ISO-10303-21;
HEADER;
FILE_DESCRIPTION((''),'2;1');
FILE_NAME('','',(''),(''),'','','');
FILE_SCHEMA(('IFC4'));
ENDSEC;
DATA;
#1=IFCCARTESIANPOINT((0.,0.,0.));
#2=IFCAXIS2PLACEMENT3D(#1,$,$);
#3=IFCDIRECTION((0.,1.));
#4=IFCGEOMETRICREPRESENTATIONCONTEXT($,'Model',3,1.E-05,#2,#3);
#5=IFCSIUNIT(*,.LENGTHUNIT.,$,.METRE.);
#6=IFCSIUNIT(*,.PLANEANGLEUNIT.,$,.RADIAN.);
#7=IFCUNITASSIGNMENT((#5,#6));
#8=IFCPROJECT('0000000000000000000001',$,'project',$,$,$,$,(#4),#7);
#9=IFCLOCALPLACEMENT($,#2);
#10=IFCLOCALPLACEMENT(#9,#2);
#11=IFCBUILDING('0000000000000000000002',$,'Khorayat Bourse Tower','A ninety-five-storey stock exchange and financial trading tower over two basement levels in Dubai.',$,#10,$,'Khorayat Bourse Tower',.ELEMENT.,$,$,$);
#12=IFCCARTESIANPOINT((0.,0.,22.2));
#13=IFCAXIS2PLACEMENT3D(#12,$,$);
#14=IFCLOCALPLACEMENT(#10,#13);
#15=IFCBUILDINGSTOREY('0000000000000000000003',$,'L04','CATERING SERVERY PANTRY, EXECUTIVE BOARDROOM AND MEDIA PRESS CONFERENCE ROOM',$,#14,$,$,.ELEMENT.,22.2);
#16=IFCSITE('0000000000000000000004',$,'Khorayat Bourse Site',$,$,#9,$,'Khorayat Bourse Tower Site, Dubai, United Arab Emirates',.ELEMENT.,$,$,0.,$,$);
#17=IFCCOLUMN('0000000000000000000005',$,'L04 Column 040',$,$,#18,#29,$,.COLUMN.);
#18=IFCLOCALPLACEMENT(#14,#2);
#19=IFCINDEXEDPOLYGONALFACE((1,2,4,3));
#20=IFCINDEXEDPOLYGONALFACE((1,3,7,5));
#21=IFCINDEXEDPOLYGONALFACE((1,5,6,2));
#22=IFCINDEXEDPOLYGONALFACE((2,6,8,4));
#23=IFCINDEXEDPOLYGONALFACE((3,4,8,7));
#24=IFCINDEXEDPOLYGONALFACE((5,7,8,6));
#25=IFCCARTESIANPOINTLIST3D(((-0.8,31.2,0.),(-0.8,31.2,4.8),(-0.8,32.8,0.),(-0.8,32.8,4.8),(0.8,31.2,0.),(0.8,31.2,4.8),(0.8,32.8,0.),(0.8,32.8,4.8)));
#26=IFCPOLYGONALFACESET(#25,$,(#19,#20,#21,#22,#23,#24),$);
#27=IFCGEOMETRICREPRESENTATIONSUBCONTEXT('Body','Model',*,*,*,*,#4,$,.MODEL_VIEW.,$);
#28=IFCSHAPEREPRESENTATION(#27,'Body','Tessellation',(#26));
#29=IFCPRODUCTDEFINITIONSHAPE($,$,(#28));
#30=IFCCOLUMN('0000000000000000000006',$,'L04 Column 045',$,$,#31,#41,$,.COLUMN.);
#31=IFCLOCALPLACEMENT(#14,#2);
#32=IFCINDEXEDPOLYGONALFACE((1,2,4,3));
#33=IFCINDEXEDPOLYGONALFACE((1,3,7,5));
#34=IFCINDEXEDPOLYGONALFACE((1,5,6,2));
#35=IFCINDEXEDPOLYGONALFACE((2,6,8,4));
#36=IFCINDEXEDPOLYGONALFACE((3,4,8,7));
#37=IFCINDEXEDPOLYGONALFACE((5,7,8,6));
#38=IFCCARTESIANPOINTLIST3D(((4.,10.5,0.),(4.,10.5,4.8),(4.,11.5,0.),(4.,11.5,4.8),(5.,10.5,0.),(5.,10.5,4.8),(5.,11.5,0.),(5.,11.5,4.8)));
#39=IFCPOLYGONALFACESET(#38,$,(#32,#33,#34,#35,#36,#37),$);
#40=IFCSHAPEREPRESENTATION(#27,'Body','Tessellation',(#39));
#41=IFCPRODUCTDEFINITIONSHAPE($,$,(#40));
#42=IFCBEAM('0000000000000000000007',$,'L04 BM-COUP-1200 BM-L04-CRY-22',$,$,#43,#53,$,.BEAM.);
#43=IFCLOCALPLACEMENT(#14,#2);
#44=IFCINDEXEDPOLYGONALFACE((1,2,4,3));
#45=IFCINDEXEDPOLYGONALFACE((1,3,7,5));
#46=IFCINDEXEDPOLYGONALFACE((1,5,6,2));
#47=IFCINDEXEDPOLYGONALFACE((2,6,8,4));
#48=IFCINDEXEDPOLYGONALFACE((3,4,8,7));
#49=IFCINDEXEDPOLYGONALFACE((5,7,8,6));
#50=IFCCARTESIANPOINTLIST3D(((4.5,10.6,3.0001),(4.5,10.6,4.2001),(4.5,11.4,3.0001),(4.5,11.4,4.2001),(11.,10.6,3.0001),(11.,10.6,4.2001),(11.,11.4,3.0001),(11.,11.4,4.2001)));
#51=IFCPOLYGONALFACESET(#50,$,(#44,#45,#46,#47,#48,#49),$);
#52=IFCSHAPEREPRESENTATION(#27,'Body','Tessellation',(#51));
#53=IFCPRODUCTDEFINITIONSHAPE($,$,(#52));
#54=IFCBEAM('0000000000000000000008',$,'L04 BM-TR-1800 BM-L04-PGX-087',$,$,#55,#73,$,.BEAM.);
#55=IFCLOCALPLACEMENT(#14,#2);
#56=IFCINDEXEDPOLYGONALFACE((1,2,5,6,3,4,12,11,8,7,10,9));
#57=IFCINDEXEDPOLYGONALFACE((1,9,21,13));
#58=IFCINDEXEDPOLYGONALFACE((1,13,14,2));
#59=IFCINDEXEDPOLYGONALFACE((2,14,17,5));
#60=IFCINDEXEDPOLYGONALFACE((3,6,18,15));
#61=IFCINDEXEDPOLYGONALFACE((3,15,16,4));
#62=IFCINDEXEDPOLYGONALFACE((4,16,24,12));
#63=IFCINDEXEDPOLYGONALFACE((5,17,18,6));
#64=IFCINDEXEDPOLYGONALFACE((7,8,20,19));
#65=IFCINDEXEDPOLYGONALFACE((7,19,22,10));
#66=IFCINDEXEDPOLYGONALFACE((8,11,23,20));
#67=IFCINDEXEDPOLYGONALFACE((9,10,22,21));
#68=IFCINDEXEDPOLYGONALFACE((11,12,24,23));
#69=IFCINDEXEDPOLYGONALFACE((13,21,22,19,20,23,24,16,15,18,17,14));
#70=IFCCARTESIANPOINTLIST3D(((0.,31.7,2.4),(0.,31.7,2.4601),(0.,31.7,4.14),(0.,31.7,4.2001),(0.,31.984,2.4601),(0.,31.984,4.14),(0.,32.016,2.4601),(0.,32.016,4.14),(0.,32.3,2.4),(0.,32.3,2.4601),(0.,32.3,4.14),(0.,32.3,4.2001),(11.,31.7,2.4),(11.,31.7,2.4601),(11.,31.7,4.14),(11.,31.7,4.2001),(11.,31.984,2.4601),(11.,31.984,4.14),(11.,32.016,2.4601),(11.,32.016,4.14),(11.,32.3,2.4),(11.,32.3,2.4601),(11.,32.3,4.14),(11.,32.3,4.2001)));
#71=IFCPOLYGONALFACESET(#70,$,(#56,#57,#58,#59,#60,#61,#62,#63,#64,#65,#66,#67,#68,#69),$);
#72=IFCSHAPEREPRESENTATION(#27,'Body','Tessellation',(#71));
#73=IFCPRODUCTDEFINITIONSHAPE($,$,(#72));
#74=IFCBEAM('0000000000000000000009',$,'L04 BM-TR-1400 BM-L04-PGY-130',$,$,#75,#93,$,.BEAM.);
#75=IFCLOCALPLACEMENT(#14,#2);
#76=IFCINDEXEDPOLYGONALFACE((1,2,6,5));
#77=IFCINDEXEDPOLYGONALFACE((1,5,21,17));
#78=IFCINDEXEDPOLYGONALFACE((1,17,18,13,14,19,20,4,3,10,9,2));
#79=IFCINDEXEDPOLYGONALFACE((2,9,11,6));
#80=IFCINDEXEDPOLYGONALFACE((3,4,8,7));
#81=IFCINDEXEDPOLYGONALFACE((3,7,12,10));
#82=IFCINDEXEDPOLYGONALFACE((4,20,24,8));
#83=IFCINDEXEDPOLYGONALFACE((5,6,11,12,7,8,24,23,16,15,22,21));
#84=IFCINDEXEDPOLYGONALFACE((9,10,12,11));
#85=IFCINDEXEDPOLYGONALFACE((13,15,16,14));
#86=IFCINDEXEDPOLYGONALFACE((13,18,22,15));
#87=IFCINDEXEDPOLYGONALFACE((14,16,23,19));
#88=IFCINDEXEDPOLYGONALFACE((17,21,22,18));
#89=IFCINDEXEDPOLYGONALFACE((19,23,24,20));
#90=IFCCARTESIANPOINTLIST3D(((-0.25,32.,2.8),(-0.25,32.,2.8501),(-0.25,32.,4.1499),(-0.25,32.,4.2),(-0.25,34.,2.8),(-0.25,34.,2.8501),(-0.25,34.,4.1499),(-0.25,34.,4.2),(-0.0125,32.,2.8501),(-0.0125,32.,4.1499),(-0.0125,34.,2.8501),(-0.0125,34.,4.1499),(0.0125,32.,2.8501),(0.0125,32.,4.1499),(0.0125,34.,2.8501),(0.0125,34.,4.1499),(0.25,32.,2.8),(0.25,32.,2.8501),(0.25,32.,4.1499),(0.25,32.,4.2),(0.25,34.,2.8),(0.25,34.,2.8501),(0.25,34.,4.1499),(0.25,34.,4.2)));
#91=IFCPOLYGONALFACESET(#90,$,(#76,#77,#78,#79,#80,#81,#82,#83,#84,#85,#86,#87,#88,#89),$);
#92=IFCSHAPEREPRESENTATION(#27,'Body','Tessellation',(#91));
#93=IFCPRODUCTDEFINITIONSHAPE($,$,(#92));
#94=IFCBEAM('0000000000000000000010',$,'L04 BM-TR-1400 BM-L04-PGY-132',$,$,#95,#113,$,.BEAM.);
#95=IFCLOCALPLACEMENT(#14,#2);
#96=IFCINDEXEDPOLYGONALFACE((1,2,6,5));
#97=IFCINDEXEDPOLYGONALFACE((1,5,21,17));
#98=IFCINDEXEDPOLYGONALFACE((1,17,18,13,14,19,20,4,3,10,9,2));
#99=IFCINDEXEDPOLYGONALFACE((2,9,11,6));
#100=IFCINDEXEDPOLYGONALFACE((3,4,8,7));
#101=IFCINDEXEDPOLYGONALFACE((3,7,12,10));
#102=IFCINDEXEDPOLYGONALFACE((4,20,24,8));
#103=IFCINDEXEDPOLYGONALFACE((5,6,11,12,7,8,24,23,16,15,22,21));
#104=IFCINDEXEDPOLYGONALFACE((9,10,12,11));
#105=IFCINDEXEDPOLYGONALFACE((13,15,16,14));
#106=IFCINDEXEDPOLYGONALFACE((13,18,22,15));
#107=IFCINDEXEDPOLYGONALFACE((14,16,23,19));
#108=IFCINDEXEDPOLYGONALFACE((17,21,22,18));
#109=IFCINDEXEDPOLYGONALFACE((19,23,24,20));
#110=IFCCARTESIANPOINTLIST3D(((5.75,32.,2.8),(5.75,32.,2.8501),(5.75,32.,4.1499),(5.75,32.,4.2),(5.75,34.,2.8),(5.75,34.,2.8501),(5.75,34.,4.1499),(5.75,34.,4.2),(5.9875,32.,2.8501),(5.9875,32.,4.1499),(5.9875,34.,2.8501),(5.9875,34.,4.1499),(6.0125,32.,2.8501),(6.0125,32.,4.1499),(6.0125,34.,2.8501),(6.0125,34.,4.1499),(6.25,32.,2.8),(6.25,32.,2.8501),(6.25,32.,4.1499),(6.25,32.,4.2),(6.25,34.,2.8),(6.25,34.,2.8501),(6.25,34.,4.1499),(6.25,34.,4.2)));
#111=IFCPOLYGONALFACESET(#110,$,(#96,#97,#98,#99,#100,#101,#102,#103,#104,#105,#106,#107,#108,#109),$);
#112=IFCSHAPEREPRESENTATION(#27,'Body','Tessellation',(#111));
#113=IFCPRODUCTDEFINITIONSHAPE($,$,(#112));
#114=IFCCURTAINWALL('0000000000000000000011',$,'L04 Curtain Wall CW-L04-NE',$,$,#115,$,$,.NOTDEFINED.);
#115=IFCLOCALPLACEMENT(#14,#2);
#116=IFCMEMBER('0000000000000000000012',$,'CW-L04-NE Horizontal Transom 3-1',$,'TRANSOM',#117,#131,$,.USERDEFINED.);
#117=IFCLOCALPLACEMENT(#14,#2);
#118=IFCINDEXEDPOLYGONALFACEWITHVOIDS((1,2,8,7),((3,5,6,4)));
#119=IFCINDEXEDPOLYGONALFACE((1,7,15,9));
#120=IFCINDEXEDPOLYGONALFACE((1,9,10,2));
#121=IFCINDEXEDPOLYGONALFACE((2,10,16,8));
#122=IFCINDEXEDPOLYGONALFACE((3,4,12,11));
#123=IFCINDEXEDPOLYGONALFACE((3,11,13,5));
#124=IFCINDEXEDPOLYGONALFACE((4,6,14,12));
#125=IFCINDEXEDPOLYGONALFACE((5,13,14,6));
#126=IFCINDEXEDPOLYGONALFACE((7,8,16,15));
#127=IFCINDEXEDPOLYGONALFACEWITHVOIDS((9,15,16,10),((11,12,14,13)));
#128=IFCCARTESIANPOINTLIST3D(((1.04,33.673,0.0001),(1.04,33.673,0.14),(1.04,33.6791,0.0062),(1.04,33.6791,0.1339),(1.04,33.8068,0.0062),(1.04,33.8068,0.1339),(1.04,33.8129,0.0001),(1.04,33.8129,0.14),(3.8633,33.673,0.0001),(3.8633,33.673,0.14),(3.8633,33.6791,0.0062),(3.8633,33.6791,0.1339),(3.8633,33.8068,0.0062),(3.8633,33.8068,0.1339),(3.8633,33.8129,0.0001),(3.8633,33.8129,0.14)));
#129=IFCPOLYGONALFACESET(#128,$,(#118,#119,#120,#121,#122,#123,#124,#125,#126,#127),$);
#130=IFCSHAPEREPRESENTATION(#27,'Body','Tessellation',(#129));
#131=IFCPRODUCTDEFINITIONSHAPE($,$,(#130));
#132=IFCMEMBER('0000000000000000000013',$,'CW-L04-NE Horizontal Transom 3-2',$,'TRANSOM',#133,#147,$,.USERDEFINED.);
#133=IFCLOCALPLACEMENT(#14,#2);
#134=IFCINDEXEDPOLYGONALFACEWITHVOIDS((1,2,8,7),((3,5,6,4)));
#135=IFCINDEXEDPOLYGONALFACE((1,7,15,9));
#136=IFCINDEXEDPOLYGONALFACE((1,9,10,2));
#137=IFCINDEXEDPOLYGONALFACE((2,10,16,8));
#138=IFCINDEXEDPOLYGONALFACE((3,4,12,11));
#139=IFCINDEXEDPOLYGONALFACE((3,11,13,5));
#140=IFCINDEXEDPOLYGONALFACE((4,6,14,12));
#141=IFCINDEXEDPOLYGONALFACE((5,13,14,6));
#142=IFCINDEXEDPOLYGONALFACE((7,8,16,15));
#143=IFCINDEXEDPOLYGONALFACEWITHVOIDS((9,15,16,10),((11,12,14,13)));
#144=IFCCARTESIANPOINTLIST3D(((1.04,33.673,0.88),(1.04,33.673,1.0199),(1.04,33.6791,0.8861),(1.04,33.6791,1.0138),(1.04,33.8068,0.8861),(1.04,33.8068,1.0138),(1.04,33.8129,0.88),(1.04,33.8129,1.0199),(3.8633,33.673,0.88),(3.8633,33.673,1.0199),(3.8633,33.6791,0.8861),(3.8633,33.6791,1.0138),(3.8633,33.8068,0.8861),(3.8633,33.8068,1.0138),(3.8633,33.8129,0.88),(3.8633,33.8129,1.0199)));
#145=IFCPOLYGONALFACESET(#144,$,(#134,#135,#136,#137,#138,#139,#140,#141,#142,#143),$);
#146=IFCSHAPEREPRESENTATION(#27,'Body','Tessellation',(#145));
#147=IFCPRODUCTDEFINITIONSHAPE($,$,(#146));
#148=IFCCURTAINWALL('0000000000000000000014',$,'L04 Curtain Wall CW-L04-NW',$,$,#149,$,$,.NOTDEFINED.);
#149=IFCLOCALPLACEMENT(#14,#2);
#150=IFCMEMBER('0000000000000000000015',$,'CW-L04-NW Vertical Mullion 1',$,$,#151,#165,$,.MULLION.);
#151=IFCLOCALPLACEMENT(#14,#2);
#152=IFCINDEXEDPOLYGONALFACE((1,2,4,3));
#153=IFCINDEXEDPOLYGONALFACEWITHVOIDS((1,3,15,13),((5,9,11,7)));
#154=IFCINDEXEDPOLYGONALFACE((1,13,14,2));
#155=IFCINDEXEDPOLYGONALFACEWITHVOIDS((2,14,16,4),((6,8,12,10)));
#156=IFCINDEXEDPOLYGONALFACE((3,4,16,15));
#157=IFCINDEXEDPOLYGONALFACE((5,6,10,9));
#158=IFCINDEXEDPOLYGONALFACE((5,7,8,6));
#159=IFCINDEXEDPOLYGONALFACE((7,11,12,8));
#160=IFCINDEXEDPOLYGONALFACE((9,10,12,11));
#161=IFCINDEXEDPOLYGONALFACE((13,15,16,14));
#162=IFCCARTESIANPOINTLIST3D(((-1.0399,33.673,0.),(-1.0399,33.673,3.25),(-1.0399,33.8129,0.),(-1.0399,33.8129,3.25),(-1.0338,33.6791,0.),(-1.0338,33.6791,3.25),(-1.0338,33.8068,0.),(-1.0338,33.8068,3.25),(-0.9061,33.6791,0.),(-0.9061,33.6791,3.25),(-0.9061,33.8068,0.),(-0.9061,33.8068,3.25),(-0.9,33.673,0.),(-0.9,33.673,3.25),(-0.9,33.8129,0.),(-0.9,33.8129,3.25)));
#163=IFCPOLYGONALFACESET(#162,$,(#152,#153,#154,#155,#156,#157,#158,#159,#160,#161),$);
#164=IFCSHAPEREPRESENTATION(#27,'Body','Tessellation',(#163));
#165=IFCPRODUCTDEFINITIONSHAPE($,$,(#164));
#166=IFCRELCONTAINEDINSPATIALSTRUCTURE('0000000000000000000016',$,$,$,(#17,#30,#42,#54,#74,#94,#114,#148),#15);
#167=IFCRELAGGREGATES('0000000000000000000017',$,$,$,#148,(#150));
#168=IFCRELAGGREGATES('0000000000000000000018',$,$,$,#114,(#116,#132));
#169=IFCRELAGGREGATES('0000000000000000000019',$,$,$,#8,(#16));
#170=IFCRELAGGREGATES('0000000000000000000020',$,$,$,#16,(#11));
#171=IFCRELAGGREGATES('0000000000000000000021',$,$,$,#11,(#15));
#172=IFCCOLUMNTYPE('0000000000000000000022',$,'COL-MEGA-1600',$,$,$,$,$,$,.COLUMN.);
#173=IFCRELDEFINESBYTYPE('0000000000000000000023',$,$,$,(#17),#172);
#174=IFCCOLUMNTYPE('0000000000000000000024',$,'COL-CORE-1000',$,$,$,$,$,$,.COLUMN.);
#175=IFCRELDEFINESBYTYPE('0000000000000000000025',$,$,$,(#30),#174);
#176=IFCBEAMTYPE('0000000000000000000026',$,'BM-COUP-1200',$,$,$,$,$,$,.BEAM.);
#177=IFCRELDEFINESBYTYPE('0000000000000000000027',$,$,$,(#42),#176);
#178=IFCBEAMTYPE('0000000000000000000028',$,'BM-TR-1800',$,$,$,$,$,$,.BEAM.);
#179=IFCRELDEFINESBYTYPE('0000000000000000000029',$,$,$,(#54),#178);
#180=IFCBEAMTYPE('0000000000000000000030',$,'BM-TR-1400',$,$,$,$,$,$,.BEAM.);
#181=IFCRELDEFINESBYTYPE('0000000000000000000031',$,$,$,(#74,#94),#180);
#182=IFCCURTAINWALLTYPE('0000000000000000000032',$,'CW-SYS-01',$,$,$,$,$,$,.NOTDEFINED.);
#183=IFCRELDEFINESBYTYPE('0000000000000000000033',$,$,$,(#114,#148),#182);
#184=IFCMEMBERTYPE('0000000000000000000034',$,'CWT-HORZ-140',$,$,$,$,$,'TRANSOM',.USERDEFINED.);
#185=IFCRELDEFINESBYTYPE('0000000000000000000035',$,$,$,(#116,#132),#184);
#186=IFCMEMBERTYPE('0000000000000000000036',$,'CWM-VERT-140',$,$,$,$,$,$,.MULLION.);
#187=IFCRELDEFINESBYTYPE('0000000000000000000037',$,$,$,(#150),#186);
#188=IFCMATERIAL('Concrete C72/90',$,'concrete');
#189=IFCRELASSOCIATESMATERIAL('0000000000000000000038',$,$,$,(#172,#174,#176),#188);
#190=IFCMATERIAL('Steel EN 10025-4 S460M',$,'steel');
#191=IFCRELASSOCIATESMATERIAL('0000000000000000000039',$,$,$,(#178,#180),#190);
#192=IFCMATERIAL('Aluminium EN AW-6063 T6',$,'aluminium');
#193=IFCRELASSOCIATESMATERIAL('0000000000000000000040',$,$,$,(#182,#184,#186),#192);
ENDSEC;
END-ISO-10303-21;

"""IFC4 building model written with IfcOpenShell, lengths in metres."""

from ifc_helpers import new_model, si_unit, direction, frame, origin, origin_2d, place, context, subcontext, project, spatial, rectangle, hollow_rectangle, i_section, extrude, source, transform, mapped, material, material_profile, profile_set, type_object, element, aggregate, save


model = new_model("IFC4")

# Units and contexts
model_context = context("Model", 3, precision=1e-05, world=origin(), true_north=direction((0.0, 1.0)))
body_context = subcontext(model_context, "Body", "Model", "MODEL_VIEW")
ifc_project = project(units=[si_unit("LENGTHUNIT", "METRE"), si_unit("PLANEANGLEUNIT", "RADIAN")], contexts=[model_context])

# Site, building, storey
site_placement = place(None, origin())
site = spatial("IfcSite", under=ifc_project, at=site_placement, Name="Khorayat Bourse Site", LongName="Khorayat Bourse Tower Site, Dubai, United Arab Emirates", CompositionType="ELEMENT", RefElevation=0.0)
building_placement = place(site_placement, origin())
building = spatial("IfcBuilding", under=site, at=building_placement, Name="Khorayat Bourse Tower", Description="A ninety-five-storey stock exchange and financial trading tower over two basement levels in Dubai.", LongName="Khorayat Bourse Tower", CompositionType="ELEMENT")
storey_placement = place(building_placement, frame((0.0, 0.0, 22.2)))
storey = spatial("IfcBuildingStorey", under=building, at=storey_placement, Name="L04", Description="CATERING SERVERY PANTRY, EXECUTIVE BOARDROOM AND MEDIA PRESS CONFERENCE ROOM", CompositionType="ELEMENT", Elevation=22.2)

# Columns
ifc_material_1 = material(Name="Concrete C72/90", Category="concrete")
ifc_material_profile_1 = material_profile(ifc_material_1, rectangle(XDim=1.6001, YDim=1.6001, at=origin_2d()), Name="RC 1600x1600")
ifc_profile_set_1 = profile_set([ifc_material_profile_1], Name="Concrete C72/90")
column_type_1 = type_object("IfcColumnType", Name="COL-MEGA-1600", PredefinedType="COLUMN", material=ifc_profile_set_1)
shared_shape_1 = source(origin(), body_context, "Body", "SweptSolid", [
    extrude(rectangle(XDim=1.6001, YDim=1.6001, at=origin_2d()), origin(), (0.0, 0.0, 1.0), 4.8),
])
column_1_placement = place(storey_placement, frame((0.0, 32.0, 0.0), z_axis=(0.0, 0.0, 1.0), x_axis=(1.0, 0.0, 0.0)))
element("IfcColumn", 1, at=column_1_placement, inside=storey, type_object=column_type_1, Name="L04 Column 040", PredefinedType="COLUMN", context=body_context, shape_type="MappedRepresentation", body=[
    mapped(shared_shape_1, transform((0.0, 0.0, 0.0), scale=1.0)),
])
ifc_material_profile_2 = material_profile(ifc_material_1, rectangle(XDim=1.0, YDim=1.0, at=origin_2d()), Name="RC 1000x1000")
ifc_profile_set_2 = profile_set([ifc_material_profile_2], Name="Concrete C72/90")
column_type_2 = type_object("IfcColumnType", Name="COL-CORE-1000", PredefinedType="COLUMN", material=ifc_profile_set_2)
shared_shape_2 = source(origin(), body_context, "Body", "SweptSolid", [
    extrude(rectangle(XDim=1.0, YDim=1.0, at=origin_2d()), origin(), (0.0, 0.0, 1.0), 4.8),
])
column_2_placement = place(storey_placement, frame((4.5, 11.0, 0.0), z_axis=(0.0, 0.0, 1.0), x_axis=(1.0, 0.0, 0.0)))
element("IfcColumn", 2, at=column_2_placement, inside=storey, type_object=column_type_2, Name="L04 Column 045", PredefinedType="COLUMN", context=body_context, shape_type="MappedRepresentation", body=[
    mapped(shared_shape_2, transform((0.0, 0.0, 0.0), scale=1.0)),
])

# Beams
ifc_material_profile_3 = material_profile(ifc_material_1, rectangle(XDim=0.8, YDim=1.2, at=origin_2d()), Name="RC 800x1200")
ifc_profile_set_3 = profile_set([ifc_material_profile_3], Name="Concrete C72/90")
beam_type_1 = type_object("IfcBeamType", Name="BM-COUP-1200", PredefinedType="BEAM", material=ifc_profile_set_3)
shared_shape_3 = source(origin(), body_context, "Body", "SweptSolid", [
    extrude(rectangle(XDim=0.8, YDim=1.2, at=origin_2d()), origin(), (0.0, 0.0, 1.0), 6.5),
])
beam_1_placement = place(storey_placement, frame((4.5, 11.0, 3.6001), z_axis=(1.0, 0.0, 0.0), x_axis=(0.0, 1.0, 0.0)))
element("IfcBeam", 3, at=beam_1_placement, inside=storey, type_object=beam_type_1, Name="L04 BM-COUP-1200 BM-L04-CRY-22", PredefinedType="BEAM", context=body_context, shape_type="MappedRepresentation", body=[
    mapped(shared_shape_3, transform((0.0, 0.0, 0.0), scale=1.0)),
])
ifc_material_2 = material(Name="Steel EN 10025-4 S460M", Category="steel")
ifc_material_profile_4 = material_profile(ifc_material_2, i_section(OverallWidth=0.6001, OverallDepth=1.8, WebThickness=0.032, FlangeThickness=0.0601, at=origin_2d()), Name="PG 1800x600x32x60")
ifc_profile_set_4 = profile_set([ifc_material_profile_4], Name="Steel EN 10025-4 S460M")
beam_type_2 = type_object("IfcBeamType", Name="BM-TR-1800", PredefinedType="BEAM", material=ifc_profile_set_4)
shared_shape_4 = source(origin(), body_context, "Body", "SweptSolid", [
    extrude(i_section(OverallWidth=0.6001, OverallDepth=1.8, WebThickness=0.032, FlangeThickness=0.0601, at=origin_2d()), origin(), (0.0, 0.0, 1.0), 11.0),
])
beam_2_placement = place(storey_placement, frame((0.0, 32.0, 3.3), z_axis=(1.0, 0.0, 0.0), x_axis=(0.0, 1.0, 0.0)))
element("IfcBeam", 4, at=beam_2_placement, inside=storey, type_object=beam_type_2, Name="L04 BM-TR-1800 BM-L04-PGX-087", PredefinedType="BEAM", context=body_context, shape_type="MappedRepresentation", body=[
    mapped(shared_shape_4, transform((0.0, 0.0, 0.0), scale=1.0)),
])
ifc_material_profile_5 = material_profile(ifc_material_2, i_section(OverallWidth=0.5, OverallDepth=1.3999, WebThickness=0.0249, FlangeThickness=0.05, at=origin_2d()), Name="PG 1400x500x25x50")
ifc_profile_set_5 = profile_set([ifc_material_profile_5], Name="Steel EN 10025-4 S460M")
beam_type_3 = type_object("IfcBeamType", Name="BM-TR-1400", PredefinedType="BEAM", material=ifc_profile_set_5)
shared_shape_5 = source(origin(), body_context, "Body", "SweptSolid", [
    extrude(i_section(OverallWidth=0.5, OverallDepth=1.3999, WebThickness=0.0249, FlangeThickness=0.05, at=origin_2d()), origin(), (0.0, 0.0, 1.0), 2.0),
])
for number, where, z_axis, x_axis, name in (
    (5, (0.0, 32.0, 3.5), (0.0, 1.0, 0.0), (-1.0, 0.0, 0.0), "L04 BM-TR-1400 BM-L04-PGY-130"),
    (6, (6.0, 32.0, 3.5), (0.0, 1.0, 0.0), (-1.0, 0.0, 0.0), "L04 BM-TR-1400 BM-L04-PGY-132"),
):
    element("IfcBeam", number, at=place(storey_placement, frame(where, z_axis=z_axis, x_axis=x_axis)), inside=storey, type_object=beam_type_3, Name=name, PredefinedType="BEAM", context=body_context, shape_type="MappedRepresentation", body=[
        mapped(shared_shape_5, transform((0.0, 0.0, 0.0), scale=1.0)),
    ])

# Curtain wall, members
ifc_material_3 = material(Name="Aluminium EN AW-6063 T6", Category="aluminium")
curtain_wall_type = type_object("IfcCurtainWallType", Name="CW-SYS-01", PredefinedType="NOTDEFINED", material=ifc_material_3)
curtain_wall_1_placement = place(storey_placement, origin())
curtain_wall_1 = element("IfcCurtainWall", 7, at=curtain_wall_1_placement, inside=storey, type_object=curtain_wall_type, Name="L04 Curtain Wall CW-L04-NE", PredefinedType="NOTDEFINED")
ifc_material_profile_6 = material_profile(ifc_material_3, hollow_rectangle(XDim=0.1399, YDim=0.1399, WallThickness=0.0061, at=origin_2d()), Name="ALU 140x140x6")
ifc_profile_set_6 = profile_set([ifc_material_profile_6], Name="Aluminium EN AW-6063 T6")
member_type_1 = type_object("IfcMemberType", Name="CWT-HORZ-140", ElementType="TRANSOM", PredefinedType="USERDEFINED", material=ifc_profile_set_6)
shared_shape_6 = source(origin(), body_context, "Body", "SweptSolid", [
    extrude(hollow_rectangle(XDim=0.1399, YDim=0.1399, WallThickness=0.0061, at=origin_2d()), origin(), (0.0, 0.0, 1.0), 2.8232),
])
member_1_placement = place(storey_placement, frame((3.8633, 33.7429, 0.0701), z_axis=(-1.0, 0.0, 0.0), x_axis=(0.0, -1.0, 0.0)))
member_1 = element("IfcMember", 8, at=member_1_placement, type_object=member_type_1, Name="CW-L04-NE Horizontal Transom 3-1", ObjectType="TRANSOM", PredefinedType="USERDEFINED", context=body_context, shape_type="MappedRepresentation", body=[
    mapped(shared_shape_6, transform((0.0, 0.0, 0.0), scale=1.0)),
])
member_2_placement = place(storey_placement, frame((3.8633, 33.7429, 0.95), z_axis=(-1.0, 0.0, 0.0), x_axis=(0.0, -1.0, 0.0)))
member_2 = element("IfcMember", 9, at=member_2_placement, type_object=member_type_1, Name="CW-L04-NE Horizontal Transom 3-2", ObjectType="TRANSOM", PredefinedType="USERDEFINED", context=body_context, shape_type="MappedRepresentation", body=[
    mapped(shared_shape_6, transform((0.0, 0.0, 0.0), scale=1.0)),
])

# Curtain wall, member
curtain_wall_2_placement = place(storey_placement, origin())
curtain_wall_2 = element("IfcCurtainWall", 10, at=curtain_wall_2_placement, inside=storey, type_object=curtain_wall_type, Name="L04 Curtain Wall CW-L04-NW", PredefinedType="NOTDEFINED")
ifc_material_profile_7 = material_profile(ifc_material_3, hollow_rectangle(XDim=0.1399, YDim=0.1399, WallThickness=0.0061, at=origin_2d()), Name="ALU 140x140x6")
ifc_profile_set_7 = profile_set([ifc_material_profile_7], Name="Aluminium EN AW-6063 T6")
member_type_2 = type_object("IfcMemberType", Name="CWM-VERT-140", PredefinedType="MULLION", material=ifc_profile_set_7)
shared_shape_7 = source(origin(), body_context, "Body", "SweptSolid", [
    extrude(hollow_rectangle(XDim=0.1399, YDim=0.1399, WallThickness=0.0061, at=origin_2d()), origin(), (0.0, 0.0, 1.0), 3.25),
])
member_3_placement = place(storey_placement, frame((-0.97, 33.7429, 0.0), z_axis=(0.0, 0.0, 1.0), x_axis=(0.0, -1.0, 0.0)))
member_3 = element("IfcMember", 11, at=member_3_placement, type_object=member_type_2, Name="CW-L04-NW Vertical Mullion 1", PredefinedType="MULLION", context=body_context, shape_type="MappedRepresentation", body=[
    mapped(shared_shape_7, transform((0.0, 0.0, 0.0), scale=1.0)),
])
aggregate(curtain_wall_2, [member_3])

aggregate(curtain_wall_1, [member_1, member_2])

save(model, "model.ifc")
